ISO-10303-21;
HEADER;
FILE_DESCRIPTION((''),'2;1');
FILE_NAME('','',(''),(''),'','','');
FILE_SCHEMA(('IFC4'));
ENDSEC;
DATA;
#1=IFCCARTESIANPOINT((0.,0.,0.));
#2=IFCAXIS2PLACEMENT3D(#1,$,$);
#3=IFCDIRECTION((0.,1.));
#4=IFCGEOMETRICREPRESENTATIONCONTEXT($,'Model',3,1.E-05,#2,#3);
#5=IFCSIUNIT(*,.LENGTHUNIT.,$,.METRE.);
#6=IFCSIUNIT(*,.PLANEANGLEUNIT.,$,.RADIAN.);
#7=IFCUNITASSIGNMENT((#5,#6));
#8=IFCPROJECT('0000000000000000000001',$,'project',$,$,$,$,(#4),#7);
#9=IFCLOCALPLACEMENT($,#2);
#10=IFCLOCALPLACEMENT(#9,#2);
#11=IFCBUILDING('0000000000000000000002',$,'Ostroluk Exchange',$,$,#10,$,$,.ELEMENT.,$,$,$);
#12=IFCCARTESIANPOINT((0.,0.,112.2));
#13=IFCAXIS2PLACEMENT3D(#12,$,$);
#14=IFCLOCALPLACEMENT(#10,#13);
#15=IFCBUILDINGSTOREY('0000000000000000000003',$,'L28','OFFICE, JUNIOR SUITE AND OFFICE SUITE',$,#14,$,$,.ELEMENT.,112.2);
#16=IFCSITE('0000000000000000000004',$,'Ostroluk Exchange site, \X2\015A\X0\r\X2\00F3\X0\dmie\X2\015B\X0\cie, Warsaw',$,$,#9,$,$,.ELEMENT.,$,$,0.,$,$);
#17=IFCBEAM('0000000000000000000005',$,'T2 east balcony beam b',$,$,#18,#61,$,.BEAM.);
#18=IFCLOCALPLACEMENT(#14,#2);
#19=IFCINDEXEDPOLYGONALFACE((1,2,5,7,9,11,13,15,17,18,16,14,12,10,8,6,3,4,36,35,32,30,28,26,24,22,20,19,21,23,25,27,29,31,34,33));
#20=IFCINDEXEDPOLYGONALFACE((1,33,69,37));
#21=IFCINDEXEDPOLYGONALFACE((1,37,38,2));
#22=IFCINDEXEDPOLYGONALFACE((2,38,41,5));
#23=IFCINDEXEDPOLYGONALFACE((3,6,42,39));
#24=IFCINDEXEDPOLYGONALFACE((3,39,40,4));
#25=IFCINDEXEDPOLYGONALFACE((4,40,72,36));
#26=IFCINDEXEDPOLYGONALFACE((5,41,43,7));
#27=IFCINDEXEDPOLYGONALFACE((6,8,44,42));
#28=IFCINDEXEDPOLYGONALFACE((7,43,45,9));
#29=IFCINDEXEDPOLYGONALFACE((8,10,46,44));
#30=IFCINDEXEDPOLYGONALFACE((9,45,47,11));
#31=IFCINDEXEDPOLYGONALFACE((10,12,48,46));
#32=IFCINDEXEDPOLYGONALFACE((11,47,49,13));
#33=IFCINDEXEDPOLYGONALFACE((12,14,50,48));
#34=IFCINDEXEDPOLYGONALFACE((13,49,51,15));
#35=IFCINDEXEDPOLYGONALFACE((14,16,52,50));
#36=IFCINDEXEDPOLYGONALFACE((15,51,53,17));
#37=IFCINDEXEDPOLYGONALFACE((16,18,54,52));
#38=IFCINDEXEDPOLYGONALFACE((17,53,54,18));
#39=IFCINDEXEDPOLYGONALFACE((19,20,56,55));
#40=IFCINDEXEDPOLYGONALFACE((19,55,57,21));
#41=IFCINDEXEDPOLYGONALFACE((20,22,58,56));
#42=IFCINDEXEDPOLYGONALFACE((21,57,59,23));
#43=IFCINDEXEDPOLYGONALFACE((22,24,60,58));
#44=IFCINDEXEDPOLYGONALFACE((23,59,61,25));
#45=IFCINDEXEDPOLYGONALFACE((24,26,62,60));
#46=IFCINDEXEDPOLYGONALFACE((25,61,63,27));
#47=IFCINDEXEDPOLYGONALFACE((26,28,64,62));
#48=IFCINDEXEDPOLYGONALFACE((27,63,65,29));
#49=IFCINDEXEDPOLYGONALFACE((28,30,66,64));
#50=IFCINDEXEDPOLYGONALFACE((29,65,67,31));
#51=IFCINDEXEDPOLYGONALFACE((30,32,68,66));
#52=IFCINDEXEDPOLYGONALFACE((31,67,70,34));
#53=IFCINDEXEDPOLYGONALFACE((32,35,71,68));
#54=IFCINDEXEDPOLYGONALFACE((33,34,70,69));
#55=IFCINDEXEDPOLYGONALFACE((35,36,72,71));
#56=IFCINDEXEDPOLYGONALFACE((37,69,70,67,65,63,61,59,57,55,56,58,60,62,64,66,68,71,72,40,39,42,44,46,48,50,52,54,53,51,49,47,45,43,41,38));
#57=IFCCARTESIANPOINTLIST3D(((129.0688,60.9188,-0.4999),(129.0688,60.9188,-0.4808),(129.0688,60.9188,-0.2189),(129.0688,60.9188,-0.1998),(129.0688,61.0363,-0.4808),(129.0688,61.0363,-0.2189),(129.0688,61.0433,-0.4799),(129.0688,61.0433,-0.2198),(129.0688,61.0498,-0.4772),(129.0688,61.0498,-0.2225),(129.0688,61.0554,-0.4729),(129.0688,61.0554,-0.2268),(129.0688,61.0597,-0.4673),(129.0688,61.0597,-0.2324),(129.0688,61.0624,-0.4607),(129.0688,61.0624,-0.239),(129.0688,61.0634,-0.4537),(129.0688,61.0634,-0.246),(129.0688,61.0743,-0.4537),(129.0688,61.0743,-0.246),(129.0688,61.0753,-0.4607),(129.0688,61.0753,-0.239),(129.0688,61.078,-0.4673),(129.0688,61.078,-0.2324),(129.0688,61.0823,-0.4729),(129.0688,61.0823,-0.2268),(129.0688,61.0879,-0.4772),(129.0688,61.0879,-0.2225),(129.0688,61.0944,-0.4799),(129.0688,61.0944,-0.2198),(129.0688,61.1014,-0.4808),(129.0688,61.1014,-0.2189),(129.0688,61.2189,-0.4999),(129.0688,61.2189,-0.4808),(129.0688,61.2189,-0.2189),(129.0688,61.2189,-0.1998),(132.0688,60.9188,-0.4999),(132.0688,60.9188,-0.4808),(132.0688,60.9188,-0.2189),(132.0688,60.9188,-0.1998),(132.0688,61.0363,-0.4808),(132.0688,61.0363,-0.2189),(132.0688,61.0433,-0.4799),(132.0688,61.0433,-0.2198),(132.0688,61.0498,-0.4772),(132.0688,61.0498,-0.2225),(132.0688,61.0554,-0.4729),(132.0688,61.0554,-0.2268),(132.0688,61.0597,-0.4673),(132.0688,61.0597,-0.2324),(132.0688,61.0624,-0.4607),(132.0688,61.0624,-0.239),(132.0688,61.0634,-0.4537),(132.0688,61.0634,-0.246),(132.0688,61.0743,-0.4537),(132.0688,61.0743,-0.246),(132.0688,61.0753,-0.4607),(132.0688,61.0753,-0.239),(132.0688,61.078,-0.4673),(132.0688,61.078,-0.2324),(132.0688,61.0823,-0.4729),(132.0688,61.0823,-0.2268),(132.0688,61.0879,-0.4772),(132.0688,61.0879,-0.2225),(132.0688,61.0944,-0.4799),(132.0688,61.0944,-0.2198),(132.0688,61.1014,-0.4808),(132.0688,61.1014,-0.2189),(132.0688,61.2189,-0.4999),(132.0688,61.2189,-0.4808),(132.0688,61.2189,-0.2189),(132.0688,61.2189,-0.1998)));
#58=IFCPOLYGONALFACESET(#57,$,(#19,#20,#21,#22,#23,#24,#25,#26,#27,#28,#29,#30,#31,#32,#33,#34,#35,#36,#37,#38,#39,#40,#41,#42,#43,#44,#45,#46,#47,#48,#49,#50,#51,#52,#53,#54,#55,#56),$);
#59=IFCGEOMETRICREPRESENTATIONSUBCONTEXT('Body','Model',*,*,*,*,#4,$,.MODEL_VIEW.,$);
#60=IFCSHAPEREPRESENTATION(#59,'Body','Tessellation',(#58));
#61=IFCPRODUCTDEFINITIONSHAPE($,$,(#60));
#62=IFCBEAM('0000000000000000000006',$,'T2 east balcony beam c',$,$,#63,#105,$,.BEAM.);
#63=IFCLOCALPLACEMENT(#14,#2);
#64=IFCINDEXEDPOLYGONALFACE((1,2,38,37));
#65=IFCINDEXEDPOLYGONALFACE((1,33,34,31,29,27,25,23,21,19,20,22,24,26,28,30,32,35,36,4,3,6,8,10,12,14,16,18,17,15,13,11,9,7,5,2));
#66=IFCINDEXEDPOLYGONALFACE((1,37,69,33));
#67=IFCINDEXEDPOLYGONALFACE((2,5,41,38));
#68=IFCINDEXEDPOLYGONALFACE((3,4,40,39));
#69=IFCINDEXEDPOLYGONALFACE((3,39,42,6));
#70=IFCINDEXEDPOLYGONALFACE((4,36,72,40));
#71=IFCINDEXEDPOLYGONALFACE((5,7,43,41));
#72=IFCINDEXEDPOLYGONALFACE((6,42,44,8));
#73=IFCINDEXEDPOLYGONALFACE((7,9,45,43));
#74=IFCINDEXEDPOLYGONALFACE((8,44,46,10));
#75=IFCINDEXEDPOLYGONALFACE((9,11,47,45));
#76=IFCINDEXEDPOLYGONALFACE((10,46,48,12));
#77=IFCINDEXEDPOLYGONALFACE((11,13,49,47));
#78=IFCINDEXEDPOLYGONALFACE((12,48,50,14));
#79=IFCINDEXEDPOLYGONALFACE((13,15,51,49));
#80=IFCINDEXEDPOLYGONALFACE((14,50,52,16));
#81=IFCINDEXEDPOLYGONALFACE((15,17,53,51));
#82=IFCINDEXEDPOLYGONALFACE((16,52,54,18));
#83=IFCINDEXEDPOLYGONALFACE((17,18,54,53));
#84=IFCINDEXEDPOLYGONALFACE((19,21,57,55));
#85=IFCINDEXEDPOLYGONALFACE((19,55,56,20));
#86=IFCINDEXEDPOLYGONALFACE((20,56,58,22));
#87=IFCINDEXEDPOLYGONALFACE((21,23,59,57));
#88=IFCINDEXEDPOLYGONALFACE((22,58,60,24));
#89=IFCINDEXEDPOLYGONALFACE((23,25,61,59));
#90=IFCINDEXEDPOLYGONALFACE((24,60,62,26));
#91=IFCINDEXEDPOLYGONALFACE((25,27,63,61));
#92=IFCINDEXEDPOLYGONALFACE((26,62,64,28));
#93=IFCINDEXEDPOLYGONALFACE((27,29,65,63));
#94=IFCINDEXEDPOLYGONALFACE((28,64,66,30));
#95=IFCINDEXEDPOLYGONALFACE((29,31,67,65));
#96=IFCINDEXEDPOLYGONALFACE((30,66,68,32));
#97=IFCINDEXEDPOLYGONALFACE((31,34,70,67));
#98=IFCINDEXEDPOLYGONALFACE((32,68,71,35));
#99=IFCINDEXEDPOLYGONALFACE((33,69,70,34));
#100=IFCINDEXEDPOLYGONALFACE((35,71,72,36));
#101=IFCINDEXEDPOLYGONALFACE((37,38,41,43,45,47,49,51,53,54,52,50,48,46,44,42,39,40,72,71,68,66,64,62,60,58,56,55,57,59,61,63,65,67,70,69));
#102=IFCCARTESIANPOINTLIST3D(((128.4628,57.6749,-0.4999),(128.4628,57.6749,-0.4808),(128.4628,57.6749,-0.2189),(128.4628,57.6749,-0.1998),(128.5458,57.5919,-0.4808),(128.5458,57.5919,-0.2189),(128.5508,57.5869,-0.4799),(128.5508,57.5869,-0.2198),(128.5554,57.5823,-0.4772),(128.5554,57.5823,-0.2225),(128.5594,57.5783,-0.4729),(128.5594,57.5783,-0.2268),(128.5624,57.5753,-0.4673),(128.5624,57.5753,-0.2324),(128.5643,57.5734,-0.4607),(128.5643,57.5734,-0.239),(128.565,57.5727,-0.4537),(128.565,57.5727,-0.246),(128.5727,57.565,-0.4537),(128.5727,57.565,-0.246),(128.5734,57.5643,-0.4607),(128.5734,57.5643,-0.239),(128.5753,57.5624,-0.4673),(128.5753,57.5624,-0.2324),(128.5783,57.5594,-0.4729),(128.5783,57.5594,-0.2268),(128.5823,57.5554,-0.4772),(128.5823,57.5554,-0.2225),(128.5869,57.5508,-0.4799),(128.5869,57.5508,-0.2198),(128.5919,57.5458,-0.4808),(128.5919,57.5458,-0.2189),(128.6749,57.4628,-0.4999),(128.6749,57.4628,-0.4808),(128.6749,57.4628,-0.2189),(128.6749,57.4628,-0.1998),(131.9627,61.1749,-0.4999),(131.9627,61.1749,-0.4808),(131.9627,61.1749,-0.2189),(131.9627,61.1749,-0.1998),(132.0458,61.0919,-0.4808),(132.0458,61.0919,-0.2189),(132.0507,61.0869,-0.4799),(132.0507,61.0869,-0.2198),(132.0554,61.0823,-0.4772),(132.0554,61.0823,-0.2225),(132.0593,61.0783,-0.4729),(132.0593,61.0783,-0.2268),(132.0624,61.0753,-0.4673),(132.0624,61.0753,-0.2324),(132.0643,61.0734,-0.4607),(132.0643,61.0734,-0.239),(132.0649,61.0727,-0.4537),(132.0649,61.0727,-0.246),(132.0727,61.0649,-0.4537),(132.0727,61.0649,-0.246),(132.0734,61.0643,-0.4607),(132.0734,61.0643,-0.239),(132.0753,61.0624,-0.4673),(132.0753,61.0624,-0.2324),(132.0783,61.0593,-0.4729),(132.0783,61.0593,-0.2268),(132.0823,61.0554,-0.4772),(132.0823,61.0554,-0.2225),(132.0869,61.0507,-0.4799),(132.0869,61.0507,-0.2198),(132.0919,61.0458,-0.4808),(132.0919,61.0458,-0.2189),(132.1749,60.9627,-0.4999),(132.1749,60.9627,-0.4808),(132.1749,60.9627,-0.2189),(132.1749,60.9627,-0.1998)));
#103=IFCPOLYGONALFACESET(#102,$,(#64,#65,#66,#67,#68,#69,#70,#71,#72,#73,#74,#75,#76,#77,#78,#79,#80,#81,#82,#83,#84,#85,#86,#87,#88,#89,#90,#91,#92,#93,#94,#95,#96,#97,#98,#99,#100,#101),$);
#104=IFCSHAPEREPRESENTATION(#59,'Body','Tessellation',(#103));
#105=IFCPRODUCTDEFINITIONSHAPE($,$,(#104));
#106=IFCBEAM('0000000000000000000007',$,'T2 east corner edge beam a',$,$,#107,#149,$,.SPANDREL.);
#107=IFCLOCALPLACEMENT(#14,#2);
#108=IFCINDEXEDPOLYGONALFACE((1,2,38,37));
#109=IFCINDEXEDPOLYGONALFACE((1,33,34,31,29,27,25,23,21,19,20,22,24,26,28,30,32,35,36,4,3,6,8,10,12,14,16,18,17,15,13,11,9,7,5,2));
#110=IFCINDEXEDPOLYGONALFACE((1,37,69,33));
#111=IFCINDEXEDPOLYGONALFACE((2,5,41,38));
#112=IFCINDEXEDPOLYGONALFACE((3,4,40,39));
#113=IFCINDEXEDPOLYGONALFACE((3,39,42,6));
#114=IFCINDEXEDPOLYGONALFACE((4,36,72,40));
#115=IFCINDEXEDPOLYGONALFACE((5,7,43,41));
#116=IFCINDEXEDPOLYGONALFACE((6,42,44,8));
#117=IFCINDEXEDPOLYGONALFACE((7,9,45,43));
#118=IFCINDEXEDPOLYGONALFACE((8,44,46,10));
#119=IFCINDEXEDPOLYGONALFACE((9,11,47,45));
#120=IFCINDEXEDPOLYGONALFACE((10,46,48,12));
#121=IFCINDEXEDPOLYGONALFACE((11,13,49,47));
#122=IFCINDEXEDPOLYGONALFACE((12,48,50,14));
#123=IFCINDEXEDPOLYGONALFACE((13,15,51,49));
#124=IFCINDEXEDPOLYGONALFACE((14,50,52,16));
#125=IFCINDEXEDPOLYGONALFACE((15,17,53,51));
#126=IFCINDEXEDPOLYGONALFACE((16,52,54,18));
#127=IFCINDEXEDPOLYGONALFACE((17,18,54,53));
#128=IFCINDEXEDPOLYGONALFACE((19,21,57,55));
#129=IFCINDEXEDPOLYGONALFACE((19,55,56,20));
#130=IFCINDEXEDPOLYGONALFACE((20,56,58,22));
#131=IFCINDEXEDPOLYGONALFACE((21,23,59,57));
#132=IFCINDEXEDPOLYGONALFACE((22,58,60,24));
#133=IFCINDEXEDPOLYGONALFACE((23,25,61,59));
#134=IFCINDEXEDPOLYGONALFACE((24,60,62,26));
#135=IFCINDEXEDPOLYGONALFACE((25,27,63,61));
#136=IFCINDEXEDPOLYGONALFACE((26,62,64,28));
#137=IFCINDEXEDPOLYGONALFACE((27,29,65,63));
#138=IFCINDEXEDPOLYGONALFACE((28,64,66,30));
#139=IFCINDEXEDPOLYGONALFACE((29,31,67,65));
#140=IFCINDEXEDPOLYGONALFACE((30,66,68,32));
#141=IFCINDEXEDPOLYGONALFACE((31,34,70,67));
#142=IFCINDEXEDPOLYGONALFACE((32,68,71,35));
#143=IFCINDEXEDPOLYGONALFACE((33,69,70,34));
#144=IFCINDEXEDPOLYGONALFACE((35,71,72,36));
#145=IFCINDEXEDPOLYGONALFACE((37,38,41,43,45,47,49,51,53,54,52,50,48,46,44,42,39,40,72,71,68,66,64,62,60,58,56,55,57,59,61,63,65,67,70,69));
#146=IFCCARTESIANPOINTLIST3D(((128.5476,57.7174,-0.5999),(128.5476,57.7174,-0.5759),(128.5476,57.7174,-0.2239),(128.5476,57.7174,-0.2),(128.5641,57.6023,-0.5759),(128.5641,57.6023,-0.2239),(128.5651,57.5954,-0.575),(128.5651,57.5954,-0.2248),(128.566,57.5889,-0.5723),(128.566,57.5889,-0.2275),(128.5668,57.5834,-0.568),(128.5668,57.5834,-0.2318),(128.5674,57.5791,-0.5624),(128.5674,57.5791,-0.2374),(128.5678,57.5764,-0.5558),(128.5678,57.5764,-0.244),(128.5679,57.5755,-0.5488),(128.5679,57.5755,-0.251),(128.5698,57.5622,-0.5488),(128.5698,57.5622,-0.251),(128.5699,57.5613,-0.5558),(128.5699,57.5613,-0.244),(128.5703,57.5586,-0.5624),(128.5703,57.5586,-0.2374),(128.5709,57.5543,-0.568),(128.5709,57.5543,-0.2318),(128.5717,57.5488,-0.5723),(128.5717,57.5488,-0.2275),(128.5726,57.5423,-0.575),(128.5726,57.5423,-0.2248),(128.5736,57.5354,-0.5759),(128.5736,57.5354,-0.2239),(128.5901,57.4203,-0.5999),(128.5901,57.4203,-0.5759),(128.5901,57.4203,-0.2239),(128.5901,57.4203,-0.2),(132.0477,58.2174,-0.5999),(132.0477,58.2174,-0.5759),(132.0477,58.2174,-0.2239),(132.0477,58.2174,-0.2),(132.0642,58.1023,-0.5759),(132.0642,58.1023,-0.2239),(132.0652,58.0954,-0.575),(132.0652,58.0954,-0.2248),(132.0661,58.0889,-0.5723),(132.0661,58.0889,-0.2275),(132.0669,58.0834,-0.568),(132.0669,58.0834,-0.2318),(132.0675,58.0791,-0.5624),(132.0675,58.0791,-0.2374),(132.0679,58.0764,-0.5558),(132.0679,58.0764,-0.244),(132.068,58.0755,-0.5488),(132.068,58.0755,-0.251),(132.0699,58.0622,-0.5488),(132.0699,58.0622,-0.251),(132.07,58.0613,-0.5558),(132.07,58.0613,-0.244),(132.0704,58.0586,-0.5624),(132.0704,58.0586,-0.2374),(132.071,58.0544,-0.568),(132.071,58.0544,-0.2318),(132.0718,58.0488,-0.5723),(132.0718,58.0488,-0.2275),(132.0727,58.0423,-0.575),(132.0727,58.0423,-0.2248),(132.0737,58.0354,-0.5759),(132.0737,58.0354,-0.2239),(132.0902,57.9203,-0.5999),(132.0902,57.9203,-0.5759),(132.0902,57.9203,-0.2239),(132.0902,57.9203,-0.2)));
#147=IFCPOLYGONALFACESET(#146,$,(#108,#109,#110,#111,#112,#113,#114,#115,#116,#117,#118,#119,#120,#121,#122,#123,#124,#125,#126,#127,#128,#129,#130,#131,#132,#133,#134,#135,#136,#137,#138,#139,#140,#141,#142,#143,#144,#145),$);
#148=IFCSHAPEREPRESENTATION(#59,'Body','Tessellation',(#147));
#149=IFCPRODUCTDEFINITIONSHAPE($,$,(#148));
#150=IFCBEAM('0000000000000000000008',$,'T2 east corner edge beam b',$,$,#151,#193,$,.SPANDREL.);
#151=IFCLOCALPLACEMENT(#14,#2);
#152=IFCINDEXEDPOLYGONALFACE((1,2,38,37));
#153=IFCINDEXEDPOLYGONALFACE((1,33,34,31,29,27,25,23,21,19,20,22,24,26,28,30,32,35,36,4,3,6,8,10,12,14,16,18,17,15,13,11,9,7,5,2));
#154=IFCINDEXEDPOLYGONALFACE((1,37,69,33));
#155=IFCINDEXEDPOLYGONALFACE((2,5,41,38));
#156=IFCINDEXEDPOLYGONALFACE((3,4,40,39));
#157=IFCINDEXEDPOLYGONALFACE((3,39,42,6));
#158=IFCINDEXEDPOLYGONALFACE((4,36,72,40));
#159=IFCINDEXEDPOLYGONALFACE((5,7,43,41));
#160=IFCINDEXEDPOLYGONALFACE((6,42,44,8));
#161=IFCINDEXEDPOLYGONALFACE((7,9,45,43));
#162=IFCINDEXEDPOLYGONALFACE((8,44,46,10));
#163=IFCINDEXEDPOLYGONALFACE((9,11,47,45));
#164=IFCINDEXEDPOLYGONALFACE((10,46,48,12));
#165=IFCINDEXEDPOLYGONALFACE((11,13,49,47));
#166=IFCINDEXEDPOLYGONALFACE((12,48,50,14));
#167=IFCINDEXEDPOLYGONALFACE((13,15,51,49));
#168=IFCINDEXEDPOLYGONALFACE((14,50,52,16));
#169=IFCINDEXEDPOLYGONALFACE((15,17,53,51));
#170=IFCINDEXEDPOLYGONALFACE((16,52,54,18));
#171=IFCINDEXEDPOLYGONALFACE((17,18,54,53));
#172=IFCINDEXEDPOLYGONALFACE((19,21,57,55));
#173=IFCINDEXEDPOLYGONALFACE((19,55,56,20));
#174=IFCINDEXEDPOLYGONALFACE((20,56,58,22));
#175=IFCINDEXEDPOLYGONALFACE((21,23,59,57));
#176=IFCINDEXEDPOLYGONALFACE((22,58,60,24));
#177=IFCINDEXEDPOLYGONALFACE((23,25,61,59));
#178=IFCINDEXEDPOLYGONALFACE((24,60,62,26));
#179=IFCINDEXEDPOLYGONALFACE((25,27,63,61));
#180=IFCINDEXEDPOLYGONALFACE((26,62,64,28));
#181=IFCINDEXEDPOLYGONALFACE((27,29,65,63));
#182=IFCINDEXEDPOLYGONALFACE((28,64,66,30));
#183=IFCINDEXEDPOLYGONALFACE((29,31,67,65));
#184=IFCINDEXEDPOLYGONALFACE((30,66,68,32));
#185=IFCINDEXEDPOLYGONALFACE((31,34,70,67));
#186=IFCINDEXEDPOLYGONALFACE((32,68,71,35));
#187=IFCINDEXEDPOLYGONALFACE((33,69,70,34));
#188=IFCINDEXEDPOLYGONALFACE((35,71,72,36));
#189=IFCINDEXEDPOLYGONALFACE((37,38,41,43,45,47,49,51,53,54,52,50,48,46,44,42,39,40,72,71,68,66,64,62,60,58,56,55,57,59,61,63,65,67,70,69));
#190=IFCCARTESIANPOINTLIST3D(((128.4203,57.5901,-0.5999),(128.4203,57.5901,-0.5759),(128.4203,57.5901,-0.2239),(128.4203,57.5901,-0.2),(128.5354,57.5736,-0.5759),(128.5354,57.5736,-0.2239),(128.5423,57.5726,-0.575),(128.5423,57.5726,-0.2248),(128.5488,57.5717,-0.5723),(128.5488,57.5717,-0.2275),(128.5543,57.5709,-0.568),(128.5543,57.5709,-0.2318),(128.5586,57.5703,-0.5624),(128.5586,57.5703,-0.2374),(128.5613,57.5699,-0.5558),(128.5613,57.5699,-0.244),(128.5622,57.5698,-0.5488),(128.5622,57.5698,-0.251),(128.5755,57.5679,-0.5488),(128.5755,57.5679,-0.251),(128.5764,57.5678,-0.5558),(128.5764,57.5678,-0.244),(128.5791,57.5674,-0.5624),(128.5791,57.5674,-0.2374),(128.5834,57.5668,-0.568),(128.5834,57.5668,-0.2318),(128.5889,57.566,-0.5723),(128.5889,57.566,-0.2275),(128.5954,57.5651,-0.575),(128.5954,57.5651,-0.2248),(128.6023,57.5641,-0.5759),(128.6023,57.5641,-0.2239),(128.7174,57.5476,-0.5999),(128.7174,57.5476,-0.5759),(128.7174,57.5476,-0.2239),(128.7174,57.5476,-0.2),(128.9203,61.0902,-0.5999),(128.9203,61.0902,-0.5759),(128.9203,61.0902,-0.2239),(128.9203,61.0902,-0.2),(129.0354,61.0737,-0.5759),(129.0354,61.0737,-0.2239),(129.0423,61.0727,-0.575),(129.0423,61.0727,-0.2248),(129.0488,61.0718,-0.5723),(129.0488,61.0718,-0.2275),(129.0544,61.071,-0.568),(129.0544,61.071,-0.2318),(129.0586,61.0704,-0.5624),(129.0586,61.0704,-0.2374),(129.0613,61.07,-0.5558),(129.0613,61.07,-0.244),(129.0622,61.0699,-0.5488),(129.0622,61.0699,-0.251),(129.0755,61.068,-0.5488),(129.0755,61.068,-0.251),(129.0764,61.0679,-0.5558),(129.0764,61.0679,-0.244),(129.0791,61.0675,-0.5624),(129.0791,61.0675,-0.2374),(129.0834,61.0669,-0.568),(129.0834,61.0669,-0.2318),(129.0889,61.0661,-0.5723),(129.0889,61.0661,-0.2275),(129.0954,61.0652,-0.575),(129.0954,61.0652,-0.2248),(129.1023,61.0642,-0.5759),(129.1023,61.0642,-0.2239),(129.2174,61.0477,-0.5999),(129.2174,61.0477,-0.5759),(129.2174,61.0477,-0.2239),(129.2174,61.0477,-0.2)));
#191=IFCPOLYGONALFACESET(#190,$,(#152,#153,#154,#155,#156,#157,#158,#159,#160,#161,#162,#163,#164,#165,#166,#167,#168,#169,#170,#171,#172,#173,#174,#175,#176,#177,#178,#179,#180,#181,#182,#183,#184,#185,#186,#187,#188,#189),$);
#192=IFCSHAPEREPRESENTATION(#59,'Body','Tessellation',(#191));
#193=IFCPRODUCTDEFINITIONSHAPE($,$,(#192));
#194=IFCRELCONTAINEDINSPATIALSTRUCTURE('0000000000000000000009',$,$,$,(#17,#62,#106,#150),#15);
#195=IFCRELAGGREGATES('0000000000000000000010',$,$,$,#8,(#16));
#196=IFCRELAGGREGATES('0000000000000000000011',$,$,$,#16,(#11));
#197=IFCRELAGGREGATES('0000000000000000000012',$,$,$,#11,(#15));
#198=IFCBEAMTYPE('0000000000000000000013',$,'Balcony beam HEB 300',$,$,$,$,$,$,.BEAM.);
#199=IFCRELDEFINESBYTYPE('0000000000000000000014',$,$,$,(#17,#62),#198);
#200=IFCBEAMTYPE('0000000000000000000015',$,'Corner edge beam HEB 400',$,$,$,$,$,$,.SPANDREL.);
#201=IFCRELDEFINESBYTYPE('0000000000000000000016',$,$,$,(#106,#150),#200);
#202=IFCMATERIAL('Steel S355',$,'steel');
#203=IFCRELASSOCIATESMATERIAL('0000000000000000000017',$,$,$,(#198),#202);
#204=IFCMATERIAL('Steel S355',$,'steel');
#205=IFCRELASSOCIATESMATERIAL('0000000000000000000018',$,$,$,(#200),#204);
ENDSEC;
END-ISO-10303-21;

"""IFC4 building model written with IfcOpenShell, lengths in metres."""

from ifc_helpers import new_model, si_unit, direction, frame, origin, origin_2d, place, context, subcontext, project, spatial, i_section, extrude, material, material_profile, profile_set, type_object, element, save


model = new_model("IFC4")

# Units and contexts
model_context = context("Model", 3, precision=1e-05, world=origin(), true_north=direction((0.0, 1.0)))
body_context = subcontext(model_context, "Body", "Model", "MODEL_VIEW")
ifc_project = project(units=[si_unit("LENGTHUNIT", "METRE"), si_unit("PLANEANGLEUNIT", "RADIAN")], contexts=[model_context])

# Site, building, storey
site_placement = place(None, origin())
site = spatial("IfcSite", under=ifc_project, at=site_placement, Name="Ostroluk Exchange site, Śródmieście, Warsaw", CompositionType="ELEMENT", RefElevation=0.0)
building_placement = place(site_placement, origin())
building = spatial("IfcBuilding", under=site, at=building_placement, Name="Ostroluk Exchange", CompositionType="ELEMENT")
storey_placement = place(building_placement, frame((0.0, 0.0, 112.2)))
storey = spatial("IfcBuildingStorey", under=building, at=storey_placement, Name="L28", Description="OFFICE, JUNIOR SUITE AND OFFICE SUITE", CompositionType="ELEMENT", Elevation=112.2)

# Beams
ifc_material_1 = material(Name="Steel S355", Category="steel")
ifc_material_profile_1 = material_profile(ifc_material_1, i_section(OverallWidth=0.3, OverallDepth=0.3, WebThickness=0.011, FlangeThickness=0.019, FilletRadius=0.0271, at=origin_2d()), Name="HEB 300")
ifc_profile_set_1 = profile_set([ifc_material_profile_1], Name="Steel S355")
beam_type_1 = type_object("IfcBeamType", Name="Balcony beam HEB 300", PredefinedType="BEAM", material=ifc_profile_set_1)
for number, where, z_axis, x_axis, name in (
    (1, (129.0688, 61.0688, -0.3499), (1.0, 0.0, 0.0), (0.0, 1.0, 0.0), "T2 east balcony beam b"),
):
    element("IfcBeam", number, at=place(storey_placement, frame(where, z_axis=z_axis, x_axis=x_axis)), inside=storey, type_object=beam_type_1, Name=name, PredefinedType="BEAM", context=body_context, shape_type="SweptSolid", body=[
        extrude(i_section(OverallWidth=0.3, OverallDepth=0.3, WebThickness=0.011, FlangeThickness=0.019, FilletRadius=0.0271, at=origin_2d()), origin(), (0.0, 0.0, 1.0), 3.0),
    ])
beam_1_placement = place(storey_placement, frame((128.5688, 57.5688, -0.3499), z_axis=(0.707107, 0.707107, 0.0), x_axis=(-0.707107, 0.707107, 0.0)))
element("IfcBeam", 2, at=beam_1_placement, inside=storey, type_object=beam_type_1, Name="T2 east balcony beam c", PredefinedType="BEAM", context=body_context, shape_type="SweptSolid", body=[
    extrude(i_section(OverallWidth=0.3, OverallDepth=0.3, WebThickness=0.011, FlangeThickness=0.019, FilletRadius=0.0271, at=origin_2d()), origin(), (0.0, 0.0, 1.0), 4.9497),
])
ifc_material_2 = material(Name="Steel S355", Category="steel")
ifc_material_profile_2 = material_profile(ifc_material_2, i_section(OverallWidth=0.3, OverallDepth=0.3999, WebThickness=0.0134, FlangeThickness=0.0239, FilletRadius=0.0271, at=origin_2d()), Name="HEB 400")
ifc_profile_set_2 = profile_set([ifc_material_profile_2], Name="Steel S355")
beam_type_2 = type_object("IfcBeamType", Name="Corner edge beam HEB 400", PredefinedType="SPANDREL", material=ifc_profile_set_2)
for number, where, z_axis, x_axis, name in (
    (3, (128.5688, 57.5688, -0.3999), (0.989949, 0.141421, 0.0), (-0.141421, 0.989949, 0.0), "T2 east corner edge beam a"),
    (4, (128.5688, 57.5688, -0.3999), (0.141421, 0.989949, 0.0), (-0.989949, 0.141421, 0.0), "T2 east corner edge beam b"),
):
    element("IfcBeam", number, at=place(storey_placement, frame(where, z_axis=z_axis, x_axis=x_axis)), inside=storey, type_object=beam_type_2, Name=name, PredefinedType="SPANDREL", context=body_context, shape_type="SweptSolid", body=[
        extrude(i_section(OverallWidth=0.3, OverallDepth=0.3999, WebThickness=0.0134, FlangeThickness=0.0239, FilletRadius=0.0271, at=origin_2d()), origin(), (0.0, 0.0, 1.0), 3.5356),
    ])

save(model, "model.ifc")
